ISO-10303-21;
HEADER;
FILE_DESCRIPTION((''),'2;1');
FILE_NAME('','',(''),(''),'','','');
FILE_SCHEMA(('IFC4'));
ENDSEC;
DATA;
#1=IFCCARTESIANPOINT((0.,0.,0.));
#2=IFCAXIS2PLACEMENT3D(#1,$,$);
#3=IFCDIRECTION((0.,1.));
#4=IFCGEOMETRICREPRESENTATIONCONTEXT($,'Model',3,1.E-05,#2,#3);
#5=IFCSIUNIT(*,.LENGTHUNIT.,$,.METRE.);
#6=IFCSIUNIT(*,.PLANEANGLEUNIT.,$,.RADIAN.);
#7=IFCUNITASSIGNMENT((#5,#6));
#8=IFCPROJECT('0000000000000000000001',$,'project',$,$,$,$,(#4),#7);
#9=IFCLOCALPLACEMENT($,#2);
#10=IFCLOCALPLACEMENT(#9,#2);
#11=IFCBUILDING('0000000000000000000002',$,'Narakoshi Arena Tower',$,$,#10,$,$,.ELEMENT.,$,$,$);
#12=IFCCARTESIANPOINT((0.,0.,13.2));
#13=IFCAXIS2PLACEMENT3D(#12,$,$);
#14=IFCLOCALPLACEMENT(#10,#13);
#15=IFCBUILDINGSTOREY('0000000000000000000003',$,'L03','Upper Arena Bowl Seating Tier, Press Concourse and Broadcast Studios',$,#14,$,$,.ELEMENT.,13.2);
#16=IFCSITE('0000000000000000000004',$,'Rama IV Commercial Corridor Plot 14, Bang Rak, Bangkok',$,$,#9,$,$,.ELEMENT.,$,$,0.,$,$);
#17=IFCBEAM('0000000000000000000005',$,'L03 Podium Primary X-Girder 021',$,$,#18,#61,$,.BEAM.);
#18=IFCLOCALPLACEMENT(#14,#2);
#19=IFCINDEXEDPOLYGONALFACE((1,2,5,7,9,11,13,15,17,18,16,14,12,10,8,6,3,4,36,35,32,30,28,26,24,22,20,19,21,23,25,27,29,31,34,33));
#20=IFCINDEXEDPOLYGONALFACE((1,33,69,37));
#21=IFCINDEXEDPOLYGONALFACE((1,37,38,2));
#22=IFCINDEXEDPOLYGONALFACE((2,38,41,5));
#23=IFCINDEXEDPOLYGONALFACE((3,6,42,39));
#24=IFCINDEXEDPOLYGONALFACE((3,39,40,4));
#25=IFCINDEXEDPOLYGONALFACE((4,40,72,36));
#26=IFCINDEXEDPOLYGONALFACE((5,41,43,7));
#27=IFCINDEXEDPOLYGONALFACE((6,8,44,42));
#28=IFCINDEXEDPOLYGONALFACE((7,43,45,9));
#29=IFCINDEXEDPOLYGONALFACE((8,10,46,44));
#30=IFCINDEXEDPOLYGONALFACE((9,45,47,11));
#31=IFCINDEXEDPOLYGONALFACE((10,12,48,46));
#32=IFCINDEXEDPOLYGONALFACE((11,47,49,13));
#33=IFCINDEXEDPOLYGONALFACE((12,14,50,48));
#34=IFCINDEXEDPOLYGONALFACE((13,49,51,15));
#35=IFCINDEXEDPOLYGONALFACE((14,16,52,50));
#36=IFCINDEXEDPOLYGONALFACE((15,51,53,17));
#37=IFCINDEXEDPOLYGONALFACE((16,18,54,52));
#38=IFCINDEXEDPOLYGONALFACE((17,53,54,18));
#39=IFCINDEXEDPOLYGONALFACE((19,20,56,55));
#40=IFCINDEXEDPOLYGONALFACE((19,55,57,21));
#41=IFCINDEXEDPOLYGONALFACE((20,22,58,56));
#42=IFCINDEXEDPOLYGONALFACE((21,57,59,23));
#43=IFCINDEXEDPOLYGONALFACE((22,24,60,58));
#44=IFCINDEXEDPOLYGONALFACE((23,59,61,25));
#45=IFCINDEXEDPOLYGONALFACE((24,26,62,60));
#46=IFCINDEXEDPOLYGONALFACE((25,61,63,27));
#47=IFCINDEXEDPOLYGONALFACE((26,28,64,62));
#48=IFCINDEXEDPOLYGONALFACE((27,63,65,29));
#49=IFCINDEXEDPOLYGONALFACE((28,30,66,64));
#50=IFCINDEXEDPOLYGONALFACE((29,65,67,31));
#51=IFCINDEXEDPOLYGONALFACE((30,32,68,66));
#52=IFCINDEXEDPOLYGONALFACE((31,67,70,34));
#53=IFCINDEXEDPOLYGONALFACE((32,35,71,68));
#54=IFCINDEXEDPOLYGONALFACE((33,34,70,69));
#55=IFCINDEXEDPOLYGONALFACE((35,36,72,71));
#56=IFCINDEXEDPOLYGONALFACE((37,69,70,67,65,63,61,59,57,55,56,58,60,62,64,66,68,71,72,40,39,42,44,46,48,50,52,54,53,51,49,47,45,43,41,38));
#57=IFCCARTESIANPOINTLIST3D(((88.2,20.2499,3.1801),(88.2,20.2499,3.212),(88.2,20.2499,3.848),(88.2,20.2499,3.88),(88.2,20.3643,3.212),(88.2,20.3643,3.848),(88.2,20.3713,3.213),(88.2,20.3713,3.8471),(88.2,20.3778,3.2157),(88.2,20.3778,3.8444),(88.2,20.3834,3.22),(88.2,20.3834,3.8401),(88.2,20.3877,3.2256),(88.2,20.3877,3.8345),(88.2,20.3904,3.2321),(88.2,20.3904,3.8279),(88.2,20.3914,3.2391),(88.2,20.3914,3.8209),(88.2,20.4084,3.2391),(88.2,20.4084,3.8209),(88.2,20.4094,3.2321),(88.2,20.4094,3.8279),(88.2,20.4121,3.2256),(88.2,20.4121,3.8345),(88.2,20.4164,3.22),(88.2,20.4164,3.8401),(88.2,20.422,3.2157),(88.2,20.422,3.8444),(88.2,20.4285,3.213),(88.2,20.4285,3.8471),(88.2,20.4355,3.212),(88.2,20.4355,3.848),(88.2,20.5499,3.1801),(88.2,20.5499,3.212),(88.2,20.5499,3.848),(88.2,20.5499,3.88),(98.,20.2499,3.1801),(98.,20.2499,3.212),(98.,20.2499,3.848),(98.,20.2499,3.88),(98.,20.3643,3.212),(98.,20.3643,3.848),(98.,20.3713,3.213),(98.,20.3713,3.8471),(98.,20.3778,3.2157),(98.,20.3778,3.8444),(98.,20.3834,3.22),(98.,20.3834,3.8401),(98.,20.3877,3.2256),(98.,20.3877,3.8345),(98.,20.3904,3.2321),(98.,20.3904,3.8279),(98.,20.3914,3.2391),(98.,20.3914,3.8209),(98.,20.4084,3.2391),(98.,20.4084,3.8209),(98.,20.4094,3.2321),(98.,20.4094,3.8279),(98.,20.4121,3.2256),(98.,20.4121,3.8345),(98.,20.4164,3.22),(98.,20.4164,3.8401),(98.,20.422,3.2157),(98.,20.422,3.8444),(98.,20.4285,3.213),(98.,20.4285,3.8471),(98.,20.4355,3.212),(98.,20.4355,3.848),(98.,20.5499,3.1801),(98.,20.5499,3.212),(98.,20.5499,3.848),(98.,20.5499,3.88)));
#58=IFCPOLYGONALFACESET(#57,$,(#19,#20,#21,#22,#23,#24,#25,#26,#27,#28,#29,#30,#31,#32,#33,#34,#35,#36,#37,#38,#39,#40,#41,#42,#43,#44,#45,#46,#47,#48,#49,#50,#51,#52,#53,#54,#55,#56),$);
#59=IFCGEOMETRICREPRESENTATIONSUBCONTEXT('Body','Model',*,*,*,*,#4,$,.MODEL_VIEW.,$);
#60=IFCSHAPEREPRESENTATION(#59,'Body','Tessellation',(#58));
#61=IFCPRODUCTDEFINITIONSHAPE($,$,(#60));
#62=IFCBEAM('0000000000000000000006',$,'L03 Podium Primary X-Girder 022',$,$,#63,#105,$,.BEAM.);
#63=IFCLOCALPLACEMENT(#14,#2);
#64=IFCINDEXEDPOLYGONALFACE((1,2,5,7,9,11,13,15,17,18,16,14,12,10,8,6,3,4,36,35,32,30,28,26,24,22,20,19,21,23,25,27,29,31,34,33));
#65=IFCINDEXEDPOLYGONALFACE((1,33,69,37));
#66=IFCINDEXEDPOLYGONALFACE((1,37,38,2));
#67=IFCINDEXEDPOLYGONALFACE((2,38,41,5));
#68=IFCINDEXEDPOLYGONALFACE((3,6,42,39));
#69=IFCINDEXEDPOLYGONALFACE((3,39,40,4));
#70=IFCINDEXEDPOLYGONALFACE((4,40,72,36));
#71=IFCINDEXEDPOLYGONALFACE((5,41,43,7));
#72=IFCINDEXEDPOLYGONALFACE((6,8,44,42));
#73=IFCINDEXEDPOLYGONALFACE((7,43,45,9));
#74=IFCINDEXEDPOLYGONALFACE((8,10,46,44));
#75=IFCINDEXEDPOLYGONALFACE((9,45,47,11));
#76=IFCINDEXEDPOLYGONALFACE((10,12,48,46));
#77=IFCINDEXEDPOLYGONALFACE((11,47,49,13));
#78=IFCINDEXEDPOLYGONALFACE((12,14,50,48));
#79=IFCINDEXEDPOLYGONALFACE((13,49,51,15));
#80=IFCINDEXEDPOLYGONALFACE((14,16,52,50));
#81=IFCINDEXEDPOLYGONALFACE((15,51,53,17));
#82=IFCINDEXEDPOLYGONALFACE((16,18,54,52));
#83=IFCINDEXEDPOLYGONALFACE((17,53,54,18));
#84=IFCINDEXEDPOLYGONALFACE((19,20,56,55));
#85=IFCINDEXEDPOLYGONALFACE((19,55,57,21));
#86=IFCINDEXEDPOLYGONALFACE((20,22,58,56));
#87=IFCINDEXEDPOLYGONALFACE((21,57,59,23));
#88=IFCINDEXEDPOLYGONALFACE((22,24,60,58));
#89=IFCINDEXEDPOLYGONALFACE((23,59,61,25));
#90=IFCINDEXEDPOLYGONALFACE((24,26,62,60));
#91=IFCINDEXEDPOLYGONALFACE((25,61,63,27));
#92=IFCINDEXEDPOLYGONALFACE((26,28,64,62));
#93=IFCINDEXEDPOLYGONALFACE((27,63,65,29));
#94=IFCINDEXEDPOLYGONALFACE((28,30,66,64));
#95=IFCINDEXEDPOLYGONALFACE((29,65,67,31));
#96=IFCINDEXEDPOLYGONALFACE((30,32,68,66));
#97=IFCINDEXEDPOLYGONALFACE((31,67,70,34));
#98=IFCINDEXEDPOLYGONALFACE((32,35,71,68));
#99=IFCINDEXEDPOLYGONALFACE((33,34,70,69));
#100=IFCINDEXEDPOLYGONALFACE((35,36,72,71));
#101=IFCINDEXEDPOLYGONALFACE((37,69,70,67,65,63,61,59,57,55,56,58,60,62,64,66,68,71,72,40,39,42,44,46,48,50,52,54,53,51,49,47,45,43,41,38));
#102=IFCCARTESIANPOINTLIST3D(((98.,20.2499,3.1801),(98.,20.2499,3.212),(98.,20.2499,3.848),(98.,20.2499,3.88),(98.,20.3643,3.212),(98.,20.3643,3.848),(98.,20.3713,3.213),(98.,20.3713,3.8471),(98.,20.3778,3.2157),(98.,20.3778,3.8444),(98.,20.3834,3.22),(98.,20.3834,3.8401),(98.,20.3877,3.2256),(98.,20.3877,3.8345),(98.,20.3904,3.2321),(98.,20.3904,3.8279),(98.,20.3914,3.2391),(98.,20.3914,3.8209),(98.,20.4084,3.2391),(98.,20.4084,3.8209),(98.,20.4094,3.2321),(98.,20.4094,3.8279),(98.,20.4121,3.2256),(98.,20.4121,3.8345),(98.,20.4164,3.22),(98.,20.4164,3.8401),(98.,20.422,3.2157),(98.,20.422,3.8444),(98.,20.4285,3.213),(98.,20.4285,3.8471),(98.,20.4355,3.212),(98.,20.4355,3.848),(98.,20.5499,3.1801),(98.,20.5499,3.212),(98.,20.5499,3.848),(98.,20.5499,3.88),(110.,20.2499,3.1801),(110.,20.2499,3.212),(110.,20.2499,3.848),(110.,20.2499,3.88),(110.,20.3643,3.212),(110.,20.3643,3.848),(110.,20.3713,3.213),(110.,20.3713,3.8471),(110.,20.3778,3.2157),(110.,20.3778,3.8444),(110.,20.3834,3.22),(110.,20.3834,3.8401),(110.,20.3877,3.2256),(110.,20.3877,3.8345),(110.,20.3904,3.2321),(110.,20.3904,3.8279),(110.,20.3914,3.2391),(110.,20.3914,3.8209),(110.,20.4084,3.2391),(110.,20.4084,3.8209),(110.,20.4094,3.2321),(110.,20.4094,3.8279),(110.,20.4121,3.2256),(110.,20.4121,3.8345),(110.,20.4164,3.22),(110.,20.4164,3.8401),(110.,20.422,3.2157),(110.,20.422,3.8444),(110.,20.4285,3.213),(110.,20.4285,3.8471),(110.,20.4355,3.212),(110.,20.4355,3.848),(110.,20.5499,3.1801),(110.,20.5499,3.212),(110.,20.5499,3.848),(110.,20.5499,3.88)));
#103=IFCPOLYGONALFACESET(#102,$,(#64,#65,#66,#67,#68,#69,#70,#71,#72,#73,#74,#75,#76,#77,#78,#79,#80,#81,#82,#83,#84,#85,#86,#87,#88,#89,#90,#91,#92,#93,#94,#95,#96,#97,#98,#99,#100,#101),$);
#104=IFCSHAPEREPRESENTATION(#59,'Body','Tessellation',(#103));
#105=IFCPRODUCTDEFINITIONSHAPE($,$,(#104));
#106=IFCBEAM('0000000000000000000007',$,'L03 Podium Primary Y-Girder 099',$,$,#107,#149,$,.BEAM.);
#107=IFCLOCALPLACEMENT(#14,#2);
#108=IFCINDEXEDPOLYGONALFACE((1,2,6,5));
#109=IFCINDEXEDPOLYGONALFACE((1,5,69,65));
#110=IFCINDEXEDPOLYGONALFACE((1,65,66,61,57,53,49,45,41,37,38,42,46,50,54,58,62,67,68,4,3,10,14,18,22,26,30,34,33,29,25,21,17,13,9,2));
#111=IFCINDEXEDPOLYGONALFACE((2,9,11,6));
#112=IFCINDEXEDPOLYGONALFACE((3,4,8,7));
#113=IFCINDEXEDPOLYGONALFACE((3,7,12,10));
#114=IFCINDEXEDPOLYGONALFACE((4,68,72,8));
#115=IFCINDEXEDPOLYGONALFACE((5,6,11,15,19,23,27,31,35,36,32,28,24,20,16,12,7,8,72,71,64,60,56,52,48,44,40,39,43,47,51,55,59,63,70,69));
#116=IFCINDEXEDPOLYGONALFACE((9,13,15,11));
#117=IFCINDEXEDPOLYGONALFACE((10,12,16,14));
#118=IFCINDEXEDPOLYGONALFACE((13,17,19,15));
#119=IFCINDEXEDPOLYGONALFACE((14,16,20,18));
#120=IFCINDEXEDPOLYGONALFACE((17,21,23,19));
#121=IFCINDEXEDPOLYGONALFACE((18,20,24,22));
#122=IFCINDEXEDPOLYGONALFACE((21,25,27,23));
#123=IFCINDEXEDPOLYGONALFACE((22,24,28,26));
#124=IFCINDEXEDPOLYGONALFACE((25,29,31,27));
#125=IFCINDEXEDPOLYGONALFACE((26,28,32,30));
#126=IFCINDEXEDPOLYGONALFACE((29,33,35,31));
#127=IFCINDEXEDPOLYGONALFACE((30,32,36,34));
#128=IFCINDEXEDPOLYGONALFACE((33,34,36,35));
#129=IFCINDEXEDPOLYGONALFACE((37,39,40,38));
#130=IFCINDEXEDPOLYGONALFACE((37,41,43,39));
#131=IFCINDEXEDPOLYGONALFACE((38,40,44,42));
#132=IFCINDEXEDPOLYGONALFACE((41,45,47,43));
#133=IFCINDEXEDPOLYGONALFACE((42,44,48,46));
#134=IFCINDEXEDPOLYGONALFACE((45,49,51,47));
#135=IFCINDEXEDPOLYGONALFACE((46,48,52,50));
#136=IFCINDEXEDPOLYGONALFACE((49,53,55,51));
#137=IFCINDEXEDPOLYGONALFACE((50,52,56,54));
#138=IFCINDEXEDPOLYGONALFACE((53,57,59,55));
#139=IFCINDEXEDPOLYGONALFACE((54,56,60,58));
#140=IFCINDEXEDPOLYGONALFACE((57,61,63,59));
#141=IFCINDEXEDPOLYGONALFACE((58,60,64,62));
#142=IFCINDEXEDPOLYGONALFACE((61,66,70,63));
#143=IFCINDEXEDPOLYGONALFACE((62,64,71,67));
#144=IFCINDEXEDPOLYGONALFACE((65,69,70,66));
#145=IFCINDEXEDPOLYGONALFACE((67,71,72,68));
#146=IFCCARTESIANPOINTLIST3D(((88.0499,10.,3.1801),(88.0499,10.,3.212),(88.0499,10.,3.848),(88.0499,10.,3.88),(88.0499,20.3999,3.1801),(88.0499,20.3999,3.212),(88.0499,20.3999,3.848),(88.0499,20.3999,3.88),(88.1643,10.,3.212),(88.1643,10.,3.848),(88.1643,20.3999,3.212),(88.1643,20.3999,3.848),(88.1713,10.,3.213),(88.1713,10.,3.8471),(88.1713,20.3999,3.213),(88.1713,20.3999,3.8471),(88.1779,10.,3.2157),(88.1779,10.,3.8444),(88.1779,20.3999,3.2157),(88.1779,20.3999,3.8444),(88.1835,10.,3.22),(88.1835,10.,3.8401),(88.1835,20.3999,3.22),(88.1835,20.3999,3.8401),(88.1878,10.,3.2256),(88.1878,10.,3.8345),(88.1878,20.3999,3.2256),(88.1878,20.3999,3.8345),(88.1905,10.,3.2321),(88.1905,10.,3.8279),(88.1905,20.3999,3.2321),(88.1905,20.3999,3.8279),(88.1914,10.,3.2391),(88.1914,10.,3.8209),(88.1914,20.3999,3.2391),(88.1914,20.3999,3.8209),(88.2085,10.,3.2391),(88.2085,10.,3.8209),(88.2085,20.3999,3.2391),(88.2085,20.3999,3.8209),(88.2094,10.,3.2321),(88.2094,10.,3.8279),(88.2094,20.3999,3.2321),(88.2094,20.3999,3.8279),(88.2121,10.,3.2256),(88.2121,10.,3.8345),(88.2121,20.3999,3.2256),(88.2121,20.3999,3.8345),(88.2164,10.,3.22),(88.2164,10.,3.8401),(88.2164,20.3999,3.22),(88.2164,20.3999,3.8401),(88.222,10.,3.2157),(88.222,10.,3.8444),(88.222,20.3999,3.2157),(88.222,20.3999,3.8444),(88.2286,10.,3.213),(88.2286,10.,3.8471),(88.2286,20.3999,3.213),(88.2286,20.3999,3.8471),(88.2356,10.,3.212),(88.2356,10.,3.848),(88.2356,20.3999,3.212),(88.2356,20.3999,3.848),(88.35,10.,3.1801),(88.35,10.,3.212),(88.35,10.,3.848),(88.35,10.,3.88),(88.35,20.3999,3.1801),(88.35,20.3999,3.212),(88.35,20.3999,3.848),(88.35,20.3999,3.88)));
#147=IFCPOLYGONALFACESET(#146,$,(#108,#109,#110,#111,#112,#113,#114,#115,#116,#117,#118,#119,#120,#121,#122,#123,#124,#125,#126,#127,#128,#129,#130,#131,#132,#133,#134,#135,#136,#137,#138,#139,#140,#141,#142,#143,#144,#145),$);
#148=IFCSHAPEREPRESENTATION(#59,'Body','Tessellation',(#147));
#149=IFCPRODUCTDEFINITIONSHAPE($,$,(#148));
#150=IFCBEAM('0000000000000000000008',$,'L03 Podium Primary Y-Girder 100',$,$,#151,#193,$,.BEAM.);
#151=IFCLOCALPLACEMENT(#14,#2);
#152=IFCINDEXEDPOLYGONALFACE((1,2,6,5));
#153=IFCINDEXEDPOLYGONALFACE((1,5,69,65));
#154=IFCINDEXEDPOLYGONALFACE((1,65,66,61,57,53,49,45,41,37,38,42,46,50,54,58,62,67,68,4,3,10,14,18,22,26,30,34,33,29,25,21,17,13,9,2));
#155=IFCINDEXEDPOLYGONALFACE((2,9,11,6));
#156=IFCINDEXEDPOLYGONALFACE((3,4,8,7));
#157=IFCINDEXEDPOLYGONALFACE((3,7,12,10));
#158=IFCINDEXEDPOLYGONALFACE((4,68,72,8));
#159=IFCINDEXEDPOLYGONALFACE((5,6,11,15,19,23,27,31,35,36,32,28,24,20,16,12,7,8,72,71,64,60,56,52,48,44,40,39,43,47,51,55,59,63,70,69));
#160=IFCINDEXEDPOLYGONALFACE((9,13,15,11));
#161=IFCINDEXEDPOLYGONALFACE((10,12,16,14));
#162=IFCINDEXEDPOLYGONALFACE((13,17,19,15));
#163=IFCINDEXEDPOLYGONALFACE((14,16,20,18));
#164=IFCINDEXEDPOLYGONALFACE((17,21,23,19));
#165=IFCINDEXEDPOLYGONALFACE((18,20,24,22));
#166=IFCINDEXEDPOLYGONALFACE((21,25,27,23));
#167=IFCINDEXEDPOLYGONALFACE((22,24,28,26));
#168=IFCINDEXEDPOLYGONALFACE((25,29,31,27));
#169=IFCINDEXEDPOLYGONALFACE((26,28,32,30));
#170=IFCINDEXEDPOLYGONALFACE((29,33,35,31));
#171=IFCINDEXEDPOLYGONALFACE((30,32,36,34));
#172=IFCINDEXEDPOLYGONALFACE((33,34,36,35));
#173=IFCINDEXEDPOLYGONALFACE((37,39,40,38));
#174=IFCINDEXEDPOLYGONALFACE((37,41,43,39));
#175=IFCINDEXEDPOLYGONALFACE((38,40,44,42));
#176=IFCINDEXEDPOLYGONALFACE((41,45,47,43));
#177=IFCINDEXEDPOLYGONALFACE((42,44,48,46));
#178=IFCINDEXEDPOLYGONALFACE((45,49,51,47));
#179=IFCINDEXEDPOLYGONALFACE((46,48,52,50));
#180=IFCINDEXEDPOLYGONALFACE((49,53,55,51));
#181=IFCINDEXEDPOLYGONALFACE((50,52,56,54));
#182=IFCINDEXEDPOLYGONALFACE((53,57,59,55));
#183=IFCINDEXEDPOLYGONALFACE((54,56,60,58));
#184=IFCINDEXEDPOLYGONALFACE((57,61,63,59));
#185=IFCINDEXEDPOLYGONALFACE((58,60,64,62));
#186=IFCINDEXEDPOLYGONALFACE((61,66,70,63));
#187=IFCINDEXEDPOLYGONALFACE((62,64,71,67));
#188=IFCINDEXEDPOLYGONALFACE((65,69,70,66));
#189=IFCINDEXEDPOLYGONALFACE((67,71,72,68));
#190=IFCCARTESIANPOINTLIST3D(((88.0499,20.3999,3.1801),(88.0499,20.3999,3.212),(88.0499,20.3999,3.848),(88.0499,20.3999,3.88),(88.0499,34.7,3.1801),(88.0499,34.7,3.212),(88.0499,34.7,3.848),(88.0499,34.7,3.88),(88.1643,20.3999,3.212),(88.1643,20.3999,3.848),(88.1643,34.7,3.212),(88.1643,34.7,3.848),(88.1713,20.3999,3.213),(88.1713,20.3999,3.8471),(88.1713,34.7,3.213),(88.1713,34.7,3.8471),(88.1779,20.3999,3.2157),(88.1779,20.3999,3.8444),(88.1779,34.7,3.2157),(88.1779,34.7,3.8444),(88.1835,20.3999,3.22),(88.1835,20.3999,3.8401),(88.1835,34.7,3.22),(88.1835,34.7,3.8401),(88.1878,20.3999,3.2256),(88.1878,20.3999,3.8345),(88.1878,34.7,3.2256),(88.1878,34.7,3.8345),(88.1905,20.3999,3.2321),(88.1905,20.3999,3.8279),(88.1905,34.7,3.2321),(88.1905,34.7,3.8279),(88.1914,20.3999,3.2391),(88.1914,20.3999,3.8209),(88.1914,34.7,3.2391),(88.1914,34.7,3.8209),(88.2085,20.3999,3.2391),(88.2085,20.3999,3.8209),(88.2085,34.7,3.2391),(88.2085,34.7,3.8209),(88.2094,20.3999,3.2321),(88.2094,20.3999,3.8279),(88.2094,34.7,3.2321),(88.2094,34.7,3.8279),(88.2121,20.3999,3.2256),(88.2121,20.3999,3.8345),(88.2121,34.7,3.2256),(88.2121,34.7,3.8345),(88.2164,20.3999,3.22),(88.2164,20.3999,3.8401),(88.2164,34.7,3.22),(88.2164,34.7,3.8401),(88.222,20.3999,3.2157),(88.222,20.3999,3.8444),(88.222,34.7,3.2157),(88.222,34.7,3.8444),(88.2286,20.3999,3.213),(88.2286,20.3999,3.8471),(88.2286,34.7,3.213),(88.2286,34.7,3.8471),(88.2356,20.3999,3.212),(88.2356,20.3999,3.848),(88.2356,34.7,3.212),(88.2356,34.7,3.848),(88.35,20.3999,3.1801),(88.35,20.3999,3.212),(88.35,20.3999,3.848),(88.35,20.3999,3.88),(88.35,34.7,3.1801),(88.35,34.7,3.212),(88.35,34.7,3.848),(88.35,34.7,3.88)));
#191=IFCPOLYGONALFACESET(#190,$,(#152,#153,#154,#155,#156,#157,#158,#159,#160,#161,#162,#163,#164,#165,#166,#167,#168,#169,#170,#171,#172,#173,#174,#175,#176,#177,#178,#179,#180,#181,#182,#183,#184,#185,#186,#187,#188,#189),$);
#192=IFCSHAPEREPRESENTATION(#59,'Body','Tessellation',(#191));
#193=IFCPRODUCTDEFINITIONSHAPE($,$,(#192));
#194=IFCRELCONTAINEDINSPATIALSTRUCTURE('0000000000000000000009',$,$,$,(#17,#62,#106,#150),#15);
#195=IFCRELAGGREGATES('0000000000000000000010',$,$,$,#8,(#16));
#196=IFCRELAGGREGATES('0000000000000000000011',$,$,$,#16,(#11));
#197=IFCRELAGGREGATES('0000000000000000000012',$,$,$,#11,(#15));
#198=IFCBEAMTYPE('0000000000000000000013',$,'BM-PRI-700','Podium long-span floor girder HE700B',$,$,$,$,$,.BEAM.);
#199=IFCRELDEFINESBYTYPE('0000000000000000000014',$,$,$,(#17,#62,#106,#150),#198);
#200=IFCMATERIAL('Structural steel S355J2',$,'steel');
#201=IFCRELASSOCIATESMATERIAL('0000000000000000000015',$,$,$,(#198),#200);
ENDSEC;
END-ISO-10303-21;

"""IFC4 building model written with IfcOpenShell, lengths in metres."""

from ifc_helpers import new_model, si_unit, direction, frame, origin, origin_2d, place, context, subcontext, project, spatial, i_section, extrude, material, material_profile, profile_set, type_object, element, save


model = new_model("IFC4")

# Units and contexts
model_context = context("Model", 3, precision=1e-05, world=origin(), true_north=direction((0.0, 1.0)))
body_context = subcontext(model_context, "Body", "Model", "MODEL_VIEW")
ifc_project = project(units=[si_unit("LENGTHUNIT", "METRE"), si_unit("PLANEANGLEUNIT", "RADIAN")], contexts=[model_context])

# Site, building, storey
site_placement = place(None, origin())
site = spatial("IfcSite", under=ifc_project, at=site_placement, Name="Rama IV Commercial Corridor Plot 14, Bang Rak, Bangkok", CompositionType="ELEMENT", RefElevation=0.0)
building_placement = place(site_placement, origin())
building = spatial("IfcBuilding", under=site, at=building_placement, Name="Narakoshi Arena Tower", CompositionType="ELEMENT")
storey_placement = place(building_placement, frame((0.0, 0.0, 13.2)))
storey = spatial("IfcBuildingStorey", under=building, at=storey_placement, Name="L03", Description="Upper Arena Bowl Seating Tier, Press Concourse and Broadcast Studios", CompositionType="ELEMENT", Elevation=13.2)

# Beams
ifc_material_1 = material(Name="Structural steel S355J2", Category="steel")
ifc_material_profile_1 = material_profile(ifc_material_1, i_section(OverallWidth=0.3, OverallDepth=0.7, WebThickness=0.0171, FlangeThickness=0.032, FilletRadius=0.0271, at=origin_2d()), Name="HE700B")
ifc_profile_set_1 = profile_set([ifc_material_profile_1], Name="Structural steel S355J2")
beam_type_1 = type_object("IfcBeamType", Name="BM-PRI-700", Description="Podium long-span floor girder HE700B", PredefinedType="BEAM", material=ifc_profile_set_1)
beam_1_placement = place(storey_placement, frame((88.2, 20.3999, 3.53), z_axis=(1.0, 0.0, 0.0), x_axis=(0.0, 1.0, 0.0)))
element("IfcBeam", 1, at=beam_1_placement, inside=storey, type_object=beam_type_1, Name="L03 Podium Primary X-Girder 021", PredefinedType="BEAM", context=body_context, shape_type="SweptSolid", body=[
    extrude(i_section(OverallWidth=0.3, OverallDepth=0.7, WebThickness=0.0171, FlangeThickness=0.032, FilletRadius=0.0271, at=origin_2d()), origin(), (0.0, 0.0, 1.0), 9.8),
])
beam_2_placement = place(storey_placement, frame((98.0, 20.3999, 3.53), z_axis=(1.0, 0.0, 0.0), x_axis=(0.0, 1.0, 0.0)))
element("IfcBeam", 2, at=beam_2_placement, inside=storey, type_object=beam_type_1, Name="L03 Podium Primary X-Girder 022", PredefinedType="BEAM", context=body_context, shape_type="SweptSolid", body=[
    extrude(i_section(OverallWidth=0.3, OverallDepth=0.7, WebThickness=0.0171, FlangeThickness=0.032, FilletRadius=0.0271, at=origin_2d()), origin(), (0.0, 0.0, 1.0), 12.0),
])
beam_3_placement = place(storey_placement, frame((88.2, 10.0, 3.53), z_axis=(0.0, 1.0, 0.0), x_axis=(-1.0, 0.0, 0.0)))
element("IfcBeam", 3, at=beam_3_placement, inside=storey, type_object=beam_type_1, Name="L03 Podium Primary Y-Girder 099", PredefinedType="BEAM", context=body_context, shape_type="SweptSolid", body=[
    extrude(i_section(OverallWidth=0.3, OverallDepth=0.7, WebThickness=0.0171, FlangeThickness=0.032, FilletRadius=0.0271, at=origin_2d()), origin(), (0.0, 0.0, 1.0), 10.3999),
])
beam_4_placement = place(storey_placement, frame((88.2, 20.3999, 3.53), z_axis=(0.0, 1.0, 0.0), x_axis=(-1.0, 0.0, 0.0)))
element("IfcBeam", 4, at=beam_4_placement, inside=storey, type_object=beam_type_1, Name="L03 Podium Primary Y-Girder 100", PredefinedType="BEAM", context=body_context, shape_type="SweptSolid", body=[
    extrude(i_section(OverallWidth=0.3, OverallDepth=0.7, WebThickness=0.0171, FlangeThickness=0.032, FilletRadius=0.0271, at=origin_2d()), origin(), (0.0, 0.0, 1.0), 14.3),
])

save(model, "model.ifc")
